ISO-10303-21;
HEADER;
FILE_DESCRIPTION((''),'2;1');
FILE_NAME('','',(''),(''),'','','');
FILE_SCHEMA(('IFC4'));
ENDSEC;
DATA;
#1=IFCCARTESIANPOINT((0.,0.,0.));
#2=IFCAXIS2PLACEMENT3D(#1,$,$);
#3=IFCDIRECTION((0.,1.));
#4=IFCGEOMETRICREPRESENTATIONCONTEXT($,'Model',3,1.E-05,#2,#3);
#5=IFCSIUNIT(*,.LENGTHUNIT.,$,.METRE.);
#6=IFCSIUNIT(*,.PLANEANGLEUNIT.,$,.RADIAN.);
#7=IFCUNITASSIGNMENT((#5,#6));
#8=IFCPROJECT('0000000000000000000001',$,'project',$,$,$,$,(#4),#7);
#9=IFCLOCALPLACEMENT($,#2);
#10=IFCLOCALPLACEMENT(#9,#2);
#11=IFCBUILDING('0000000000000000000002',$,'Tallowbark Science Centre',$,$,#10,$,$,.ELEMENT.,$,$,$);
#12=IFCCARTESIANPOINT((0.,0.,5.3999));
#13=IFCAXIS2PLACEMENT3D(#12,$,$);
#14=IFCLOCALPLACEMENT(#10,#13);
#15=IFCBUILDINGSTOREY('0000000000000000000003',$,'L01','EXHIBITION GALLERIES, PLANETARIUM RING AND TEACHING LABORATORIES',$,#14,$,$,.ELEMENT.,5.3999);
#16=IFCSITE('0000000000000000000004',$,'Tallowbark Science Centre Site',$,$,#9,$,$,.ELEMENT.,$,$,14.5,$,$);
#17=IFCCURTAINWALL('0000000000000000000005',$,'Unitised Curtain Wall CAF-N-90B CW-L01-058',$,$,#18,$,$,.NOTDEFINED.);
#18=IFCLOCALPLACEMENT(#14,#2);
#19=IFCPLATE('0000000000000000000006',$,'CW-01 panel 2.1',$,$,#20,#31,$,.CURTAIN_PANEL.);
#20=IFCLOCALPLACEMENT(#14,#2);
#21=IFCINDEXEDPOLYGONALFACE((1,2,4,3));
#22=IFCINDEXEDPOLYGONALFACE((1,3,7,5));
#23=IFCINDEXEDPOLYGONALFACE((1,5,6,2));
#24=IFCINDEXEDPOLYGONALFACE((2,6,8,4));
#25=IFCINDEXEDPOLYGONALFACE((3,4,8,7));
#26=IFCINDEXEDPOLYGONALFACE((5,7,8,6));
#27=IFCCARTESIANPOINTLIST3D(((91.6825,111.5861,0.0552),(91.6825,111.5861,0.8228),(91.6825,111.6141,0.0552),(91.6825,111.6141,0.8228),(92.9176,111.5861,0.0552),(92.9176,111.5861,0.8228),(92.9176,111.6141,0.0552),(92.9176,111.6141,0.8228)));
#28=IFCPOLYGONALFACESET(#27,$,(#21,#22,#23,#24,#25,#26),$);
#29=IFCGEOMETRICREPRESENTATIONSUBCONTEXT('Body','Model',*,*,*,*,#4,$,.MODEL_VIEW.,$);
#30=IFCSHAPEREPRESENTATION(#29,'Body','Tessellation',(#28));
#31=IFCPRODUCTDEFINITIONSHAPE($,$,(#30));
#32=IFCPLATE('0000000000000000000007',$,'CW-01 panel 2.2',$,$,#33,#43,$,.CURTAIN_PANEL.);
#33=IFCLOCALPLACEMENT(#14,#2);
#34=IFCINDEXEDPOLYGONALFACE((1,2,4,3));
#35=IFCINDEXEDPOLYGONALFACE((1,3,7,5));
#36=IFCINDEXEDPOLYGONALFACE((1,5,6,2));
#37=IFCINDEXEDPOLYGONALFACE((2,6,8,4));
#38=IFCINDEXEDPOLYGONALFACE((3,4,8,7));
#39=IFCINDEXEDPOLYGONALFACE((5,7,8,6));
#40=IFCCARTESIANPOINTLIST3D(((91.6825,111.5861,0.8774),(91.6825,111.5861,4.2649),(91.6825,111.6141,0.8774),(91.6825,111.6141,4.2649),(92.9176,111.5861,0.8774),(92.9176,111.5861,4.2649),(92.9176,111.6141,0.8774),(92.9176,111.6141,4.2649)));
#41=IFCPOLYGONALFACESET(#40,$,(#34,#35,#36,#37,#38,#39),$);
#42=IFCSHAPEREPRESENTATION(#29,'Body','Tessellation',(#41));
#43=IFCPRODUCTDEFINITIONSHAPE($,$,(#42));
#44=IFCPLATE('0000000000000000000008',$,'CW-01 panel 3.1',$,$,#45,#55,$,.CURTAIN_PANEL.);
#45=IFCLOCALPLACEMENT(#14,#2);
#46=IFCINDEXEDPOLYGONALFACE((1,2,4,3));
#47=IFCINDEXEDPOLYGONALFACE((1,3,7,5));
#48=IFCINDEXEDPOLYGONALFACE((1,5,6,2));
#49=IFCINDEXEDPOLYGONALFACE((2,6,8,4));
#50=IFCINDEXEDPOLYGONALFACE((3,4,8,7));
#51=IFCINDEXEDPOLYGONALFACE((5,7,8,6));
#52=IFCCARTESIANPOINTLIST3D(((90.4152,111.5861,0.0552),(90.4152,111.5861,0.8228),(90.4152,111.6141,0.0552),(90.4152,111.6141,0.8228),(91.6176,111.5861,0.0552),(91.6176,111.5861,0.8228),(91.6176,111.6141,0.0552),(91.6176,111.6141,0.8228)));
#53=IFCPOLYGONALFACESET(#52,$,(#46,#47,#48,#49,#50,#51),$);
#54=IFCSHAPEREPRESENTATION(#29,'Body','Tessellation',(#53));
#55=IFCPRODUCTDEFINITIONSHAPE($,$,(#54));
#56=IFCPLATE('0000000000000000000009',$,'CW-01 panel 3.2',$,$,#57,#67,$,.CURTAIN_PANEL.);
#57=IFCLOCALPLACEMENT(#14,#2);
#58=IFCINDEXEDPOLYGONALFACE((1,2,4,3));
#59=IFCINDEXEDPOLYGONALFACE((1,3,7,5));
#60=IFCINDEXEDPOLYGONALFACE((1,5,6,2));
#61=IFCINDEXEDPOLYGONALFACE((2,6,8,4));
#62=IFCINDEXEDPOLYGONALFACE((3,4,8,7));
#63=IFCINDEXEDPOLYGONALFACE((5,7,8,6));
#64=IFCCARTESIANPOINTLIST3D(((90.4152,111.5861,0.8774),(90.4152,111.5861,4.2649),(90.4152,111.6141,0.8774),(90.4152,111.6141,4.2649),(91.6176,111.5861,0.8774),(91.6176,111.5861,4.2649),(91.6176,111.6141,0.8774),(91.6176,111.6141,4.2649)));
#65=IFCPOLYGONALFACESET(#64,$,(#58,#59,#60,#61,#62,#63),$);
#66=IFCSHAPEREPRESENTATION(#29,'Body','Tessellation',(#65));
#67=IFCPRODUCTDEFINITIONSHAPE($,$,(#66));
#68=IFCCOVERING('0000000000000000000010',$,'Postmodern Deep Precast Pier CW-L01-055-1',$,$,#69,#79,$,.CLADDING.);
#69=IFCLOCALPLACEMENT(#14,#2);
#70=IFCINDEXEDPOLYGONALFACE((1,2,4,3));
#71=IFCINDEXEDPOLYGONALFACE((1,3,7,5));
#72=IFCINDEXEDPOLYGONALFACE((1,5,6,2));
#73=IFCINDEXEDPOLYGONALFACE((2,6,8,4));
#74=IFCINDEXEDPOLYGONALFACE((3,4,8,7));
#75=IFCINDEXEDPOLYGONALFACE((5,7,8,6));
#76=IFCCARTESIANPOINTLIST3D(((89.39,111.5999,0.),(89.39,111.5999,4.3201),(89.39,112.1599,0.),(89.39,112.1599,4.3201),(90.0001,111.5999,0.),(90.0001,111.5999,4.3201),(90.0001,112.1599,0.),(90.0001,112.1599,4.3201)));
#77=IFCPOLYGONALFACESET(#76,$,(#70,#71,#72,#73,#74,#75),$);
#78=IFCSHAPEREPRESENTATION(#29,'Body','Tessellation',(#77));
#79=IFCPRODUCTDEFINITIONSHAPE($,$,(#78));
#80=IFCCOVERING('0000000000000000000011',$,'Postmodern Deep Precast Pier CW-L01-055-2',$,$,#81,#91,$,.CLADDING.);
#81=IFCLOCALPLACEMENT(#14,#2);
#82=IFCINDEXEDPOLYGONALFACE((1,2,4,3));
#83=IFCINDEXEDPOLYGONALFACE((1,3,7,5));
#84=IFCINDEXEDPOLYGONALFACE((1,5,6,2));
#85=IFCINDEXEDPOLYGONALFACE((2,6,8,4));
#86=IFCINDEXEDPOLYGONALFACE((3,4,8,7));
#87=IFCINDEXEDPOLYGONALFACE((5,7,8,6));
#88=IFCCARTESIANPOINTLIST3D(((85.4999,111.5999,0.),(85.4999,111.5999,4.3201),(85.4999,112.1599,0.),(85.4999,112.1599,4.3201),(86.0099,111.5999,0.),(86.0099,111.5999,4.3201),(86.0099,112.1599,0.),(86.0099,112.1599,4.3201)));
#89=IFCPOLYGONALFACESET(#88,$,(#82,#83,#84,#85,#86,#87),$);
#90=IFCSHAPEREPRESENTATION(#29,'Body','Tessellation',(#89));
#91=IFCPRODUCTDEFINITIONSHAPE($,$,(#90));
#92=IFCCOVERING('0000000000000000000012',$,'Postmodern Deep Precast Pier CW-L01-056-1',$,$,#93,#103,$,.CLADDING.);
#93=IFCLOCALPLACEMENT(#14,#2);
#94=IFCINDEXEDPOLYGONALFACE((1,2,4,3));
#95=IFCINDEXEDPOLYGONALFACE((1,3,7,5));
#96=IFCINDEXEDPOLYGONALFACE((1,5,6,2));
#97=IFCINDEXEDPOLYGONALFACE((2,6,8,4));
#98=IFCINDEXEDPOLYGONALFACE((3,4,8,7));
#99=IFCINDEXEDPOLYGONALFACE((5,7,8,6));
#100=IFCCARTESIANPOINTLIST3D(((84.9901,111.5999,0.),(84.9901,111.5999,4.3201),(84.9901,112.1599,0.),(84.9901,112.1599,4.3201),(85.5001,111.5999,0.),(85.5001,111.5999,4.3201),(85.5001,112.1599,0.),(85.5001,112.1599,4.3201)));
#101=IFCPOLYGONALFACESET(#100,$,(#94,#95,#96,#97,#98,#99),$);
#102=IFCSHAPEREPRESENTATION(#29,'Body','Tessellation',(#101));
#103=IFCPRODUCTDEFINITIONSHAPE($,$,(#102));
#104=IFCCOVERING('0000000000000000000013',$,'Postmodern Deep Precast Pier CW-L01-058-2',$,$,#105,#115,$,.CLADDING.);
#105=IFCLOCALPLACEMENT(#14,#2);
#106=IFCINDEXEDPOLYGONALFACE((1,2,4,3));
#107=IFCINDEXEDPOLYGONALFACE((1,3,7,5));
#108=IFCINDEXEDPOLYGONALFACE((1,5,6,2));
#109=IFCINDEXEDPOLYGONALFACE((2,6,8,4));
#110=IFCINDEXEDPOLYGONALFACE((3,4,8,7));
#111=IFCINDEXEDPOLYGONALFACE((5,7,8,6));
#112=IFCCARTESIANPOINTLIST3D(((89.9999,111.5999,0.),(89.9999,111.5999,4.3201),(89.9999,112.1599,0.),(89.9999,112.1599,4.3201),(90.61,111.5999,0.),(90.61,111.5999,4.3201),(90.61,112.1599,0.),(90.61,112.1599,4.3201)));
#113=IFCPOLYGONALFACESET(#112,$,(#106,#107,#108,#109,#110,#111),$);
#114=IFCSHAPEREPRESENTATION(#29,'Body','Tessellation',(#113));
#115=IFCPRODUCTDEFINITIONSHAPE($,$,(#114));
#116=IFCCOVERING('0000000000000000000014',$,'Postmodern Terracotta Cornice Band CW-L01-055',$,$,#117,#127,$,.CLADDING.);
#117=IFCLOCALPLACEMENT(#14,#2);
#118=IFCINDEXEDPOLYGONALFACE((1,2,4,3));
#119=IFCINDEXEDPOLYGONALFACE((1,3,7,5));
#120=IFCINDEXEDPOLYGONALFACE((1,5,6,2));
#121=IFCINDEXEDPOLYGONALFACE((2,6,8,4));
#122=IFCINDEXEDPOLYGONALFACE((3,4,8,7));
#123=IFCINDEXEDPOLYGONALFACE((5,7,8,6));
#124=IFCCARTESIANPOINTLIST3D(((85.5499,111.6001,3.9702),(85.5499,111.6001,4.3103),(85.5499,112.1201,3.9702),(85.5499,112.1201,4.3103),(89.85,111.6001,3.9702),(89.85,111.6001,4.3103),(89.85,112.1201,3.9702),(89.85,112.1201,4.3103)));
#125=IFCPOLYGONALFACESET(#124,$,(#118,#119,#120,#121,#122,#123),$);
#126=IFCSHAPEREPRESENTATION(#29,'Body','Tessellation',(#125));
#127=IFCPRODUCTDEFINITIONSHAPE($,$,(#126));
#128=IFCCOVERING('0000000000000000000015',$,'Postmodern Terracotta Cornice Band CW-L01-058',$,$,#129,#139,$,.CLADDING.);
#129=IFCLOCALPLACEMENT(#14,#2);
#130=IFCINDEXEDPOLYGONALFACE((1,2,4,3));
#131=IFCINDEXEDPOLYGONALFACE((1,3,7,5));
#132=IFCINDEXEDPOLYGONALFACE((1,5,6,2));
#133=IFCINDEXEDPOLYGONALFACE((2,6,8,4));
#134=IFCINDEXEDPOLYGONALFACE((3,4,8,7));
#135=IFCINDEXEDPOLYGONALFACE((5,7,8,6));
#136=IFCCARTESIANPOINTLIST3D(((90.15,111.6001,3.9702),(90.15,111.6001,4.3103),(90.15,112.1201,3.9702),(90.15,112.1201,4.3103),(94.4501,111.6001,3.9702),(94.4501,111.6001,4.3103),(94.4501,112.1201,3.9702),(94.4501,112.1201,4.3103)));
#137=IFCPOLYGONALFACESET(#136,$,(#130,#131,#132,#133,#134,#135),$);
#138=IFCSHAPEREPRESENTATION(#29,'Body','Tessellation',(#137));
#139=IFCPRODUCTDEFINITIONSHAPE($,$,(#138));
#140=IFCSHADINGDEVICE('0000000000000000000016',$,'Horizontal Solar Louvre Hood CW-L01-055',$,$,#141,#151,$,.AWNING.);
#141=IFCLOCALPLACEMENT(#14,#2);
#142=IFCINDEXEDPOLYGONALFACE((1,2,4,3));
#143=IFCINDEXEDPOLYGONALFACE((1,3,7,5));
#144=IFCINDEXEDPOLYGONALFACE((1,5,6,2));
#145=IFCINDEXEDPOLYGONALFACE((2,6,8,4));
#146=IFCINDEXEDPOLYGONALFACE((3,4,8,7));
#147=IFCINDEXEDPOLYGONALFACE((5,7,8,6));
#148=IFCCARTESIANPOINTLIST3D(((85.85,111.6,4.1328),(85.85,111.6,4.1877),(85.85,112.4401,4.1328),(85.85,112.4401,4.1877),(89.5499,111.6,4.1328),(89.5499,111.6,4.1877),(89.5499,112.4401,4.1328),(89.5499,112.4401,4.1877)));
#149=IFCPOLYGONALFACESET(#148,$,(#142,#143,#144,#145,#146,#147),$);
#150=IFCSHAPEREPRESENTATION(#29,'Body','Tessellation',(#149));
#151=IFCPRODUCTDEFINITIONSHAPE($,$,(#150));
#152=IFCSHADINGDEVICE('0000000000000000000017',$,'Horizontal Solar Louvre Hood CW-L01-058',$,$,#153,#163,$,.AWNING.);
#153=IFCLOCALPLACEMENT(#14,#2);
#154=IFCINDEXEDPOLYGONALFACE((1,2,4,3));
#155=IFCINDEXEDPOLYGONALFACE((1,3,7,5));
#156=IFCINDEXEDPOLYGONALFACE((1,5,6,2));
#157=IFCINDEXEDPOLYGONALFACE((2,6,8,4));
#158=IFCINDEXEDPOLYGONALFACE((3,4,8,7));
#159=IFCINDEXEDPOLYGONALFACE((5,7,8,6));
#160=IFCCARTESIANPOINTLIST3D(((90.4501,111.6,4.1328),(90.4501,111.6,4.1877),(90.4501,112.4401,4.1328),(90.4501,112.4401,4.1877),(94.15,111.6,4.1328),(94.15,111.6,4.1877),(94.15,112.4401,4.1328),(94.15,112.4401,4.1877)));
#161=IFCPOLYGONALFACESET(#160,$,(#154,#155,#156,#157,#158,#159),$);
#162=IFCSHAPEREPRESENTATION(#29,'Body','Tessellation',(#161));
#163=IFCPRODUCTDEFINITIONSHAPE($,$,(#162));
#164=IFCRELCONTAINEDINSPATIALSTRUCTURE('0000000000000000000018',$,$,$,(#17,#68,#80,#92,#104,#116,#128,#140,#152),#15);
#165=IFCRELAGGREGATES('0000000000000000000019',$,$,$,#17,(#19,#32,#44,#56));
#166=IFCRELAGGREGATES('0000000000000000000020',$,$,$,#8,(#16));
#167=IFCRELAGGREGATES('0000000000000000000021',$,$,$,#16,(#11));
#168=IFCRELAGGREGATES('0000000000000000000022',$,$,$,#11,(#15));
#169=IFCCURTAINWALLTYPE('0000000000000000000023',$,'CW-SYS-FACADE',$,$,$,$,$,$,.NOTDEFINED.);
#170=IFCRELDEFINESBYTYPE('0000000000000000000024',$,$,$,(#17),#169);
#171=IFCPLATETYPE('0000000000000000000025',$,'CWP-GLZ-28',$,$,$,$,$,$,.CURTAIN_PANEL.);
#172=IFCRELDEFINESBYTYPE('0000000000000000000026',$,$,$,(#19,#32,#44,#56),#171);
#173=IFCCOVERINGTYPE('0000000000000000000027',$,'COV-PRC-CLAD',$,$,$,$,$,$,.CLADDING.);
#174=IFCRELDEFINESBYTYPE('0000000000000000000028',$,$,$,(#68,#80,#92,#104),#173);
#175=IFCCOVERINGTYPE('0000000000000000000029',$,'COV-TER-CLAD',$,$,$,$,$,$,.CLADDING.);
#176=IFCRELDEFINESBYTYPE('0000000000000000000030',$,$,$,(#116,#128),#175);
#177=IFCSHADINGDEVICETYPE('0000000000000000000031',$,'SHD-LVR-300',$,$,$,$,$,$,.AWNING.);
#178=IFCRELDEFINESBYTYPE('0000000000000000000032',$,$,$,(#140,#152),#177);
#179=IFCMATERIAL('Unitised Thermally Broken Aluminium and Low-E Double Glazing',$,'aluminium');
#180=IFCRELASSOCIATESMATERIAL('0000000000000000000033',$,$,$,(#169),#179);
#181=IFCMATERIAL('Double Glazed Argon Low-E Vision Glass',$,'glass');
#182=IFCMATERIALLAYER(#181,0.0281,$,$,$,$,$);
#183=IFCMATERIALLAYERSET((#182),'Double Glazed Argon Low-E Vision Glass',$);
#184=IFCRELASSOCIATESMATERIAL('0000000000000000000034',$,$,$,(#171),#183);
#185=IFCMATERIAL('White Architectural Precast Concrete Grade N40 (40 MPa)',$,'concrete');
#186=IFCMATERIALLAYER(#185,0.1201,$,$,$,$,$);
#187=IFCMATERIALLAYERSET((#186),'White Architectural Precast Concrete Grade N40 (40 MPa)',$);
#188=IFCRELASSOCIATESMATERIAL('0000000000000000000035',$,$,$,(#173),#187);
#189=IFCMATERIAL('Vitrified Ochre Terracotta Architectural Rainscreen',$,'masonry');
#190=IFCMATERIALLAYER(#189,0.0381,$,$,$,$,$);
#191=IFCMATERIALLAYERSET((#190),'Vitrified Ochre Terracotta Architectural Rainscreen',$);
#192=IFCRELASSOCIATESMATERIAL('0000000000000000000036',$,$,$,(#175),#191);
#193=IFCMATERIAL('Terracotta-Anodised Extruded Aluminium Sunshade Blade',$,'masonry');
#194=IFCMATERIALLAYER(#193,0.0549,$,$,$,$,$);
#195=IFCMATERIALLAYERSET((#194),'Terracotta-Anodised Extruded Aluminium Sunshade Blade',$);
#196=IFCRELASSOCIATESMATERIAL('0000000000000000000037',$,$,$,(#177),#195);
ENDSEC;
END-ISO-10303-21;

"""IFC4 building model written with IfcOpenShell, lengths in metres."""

from ifc_helpers import new_model, si_unit, direction, frame, origin, origin_2d, place, context, subcontext, project, spatial, rectangle, extrude, material, layer, layer_set, type_object, element, aggregate, save


model = new_model("IFC4")

# Units and contexts
model_context = context("Model", 3, precision=1e-05, world=origin(), true_north=direction((0.0, 1.0)))
body_context = subcontext(model_context, "Body", "Model", "MODEL_VIEW")
ifc_project = project(units=[si_unit("LENGTHUNIT", "METRE"), si_unit("PLANEANGLEUNIT", "RADIAN")], contexts=[model_context])

# Site, building, storey
site_placement = place(None, origin())
site = spatial("IfcSite", under=ifc_project, at=site_placement, Name="Tallowbark Science Centre Site", CompositionType="ELEMENT", RefElevation=14.5)
building_placement = place(site_placement, origin())
building = spatial("IfcBuilding", under=site, at=building_placement, Name="Tallowbark Science Centre", CompositionType="ELEMENT")
storey_placement = place(building_placement, frame((0.0, 0.0, 5.3999)))
storey = spatial("IfcBuildingStorey", under=building, at=storey_placement, Name="L01", Description="EXHIBITION GALLERIES, PLANETARIUM RING AND TEACHING LABORATORIES", CompositionType="ELEMENT", Elevation=5.3999)

# Curtain wall, plates
ifc_material_1 = material(Name="Unitised Thermally Broken Aluminium and Low-E Double Glazing", Category="aluminium")
curtain_wall_type = type_object("IfcCurtainWallType", Name="CW-SYS-FACADE", PredefinedType="NOTDEFINED", material=ifc_material_1)
curtain_wall_placement = place(storey_placement, origin())
curtain_wall = element("IfcCurtainWall", 1, at=curtain_wall_placement, inside=storey, type_object=curtain_wall_type, Name="Unitised Curtain Wall CAF-N-90B CW-L01-058", PredefinedType="NOTDEFINED")
ifc_material_2 = material(Name="Double Glazed Argon Low-E Vision Glass", Category="glass")
ifc_layer_1 = layer(ifc_material_2, 0.0281)
ifc_layer_set_1 = layer_set([ifc_layer_1], Name="Double Glazed Argon Low-E Vision Glass")
plate_type = type_object("IfcPlateType", Name="CWP-GLZ-28", PredefinedType="CURTAIN_PANEL", material=ifc_layer_set_1)
plate_1_placement = place(storey_placement, frame((92.3, 111.6001, 0.0552), z_axis=(0.0, 0.0, 1.0), x_axis=(-1.0, 0.0, 0.0)))
plate_1 = element("IfcPlate", 2, at=plate_1_placement, type_object=plate_type, Name="CW-01 panel 2.1", PredefinedType="CURTAIN_PANEL", context=body_context, shape_type="SweptSolid", body=[
    extrude(rectangle(XDim=1.2351, YDim=0.0281, at=origin_2d()), origin(), (0.0, 0.0, 1.0), 0.7676),
])
plate_2_placement = place(storey_placement, frame((92.3, 111.6001, 0.8774), z_axis=(0.0, 0.0, 1.0), x_axis=(-1.0, 0.0, 0.0)))
plate_2 = element("IfcPlate", 3, at=plate_2_placement, type_object=plate_type, Name="CW-01 panel 2.2", PredefinedType="CURTAIN_PANEL", context=body_context, shape_type="SweptSolid", body=[
    extrude(rectangle(XDim=1.2351, YDim=0.0281, at=origin_2d()), origin(), (0.0, 0.0, 1.0), 3.3875),
])
plate_3_placement = place(storey_placement, frame((91.0164, 111.6001, 0.0552), z_axis=(0.0, 0.0, 1.0), x_axis=(-1.0, 0.0, 0.0)))
plate_3 = element("IfcPlate", 4, at=plate_3_placement, type_object=plate_type, Name="CW-01 panel 3.1", PredefinedType="CURTAIN_PANEL", context=body_context, shape_type="SweptSolid", body=[
    extrude(rectangle(XDim=1.2024, YDim=0.0281, at=origin_2d()), origin(), (0.0, 0.0, 1.0), 0.7676),
])
plate_4_placement = place(storey_placement, frame((91.0164, 111.6001, 0.8774), z_axis=(0.0, 0.0, 1.0), x_axis=(-1.0, 0.0, 0.0)))
plate_4 = element("IfcPlate", 5, at=plate_4_placement, type_object=plate_type, Name="CW-01 panel 3.2", PredefinedType="CURTAIN_PANEL", context=body_context, shape_type="SweptSolid", body=[
    extrude(rectangle(XDim=1.2024, YDim=0.0281, at=origin_2d()), origin(), (0.0, 0.0, 1.0), 3.3875),
])
aggregate(curtain_wall, [plate_1, plate_2, plate_3, plate_4])

# Coverings
ifc_material_3 = material(Name="White Architectural Precast Concrete Grade N40 (40 MPa)", Category="concrete")
ifc_layer_2 = layer(ifc_material_3, 0.1201)
ifc_layer_set_2 = layer_set([ifc_layer_2], Name="White Architectural Precast Concrete Grade N40 (40 MPa)")
covering_type_1 = type_object("IfcCoveringType", Name="COV-PRC-CLAD", PredefinedType="CLADDING", material=ifc_layer_set_2)
covering_1_placement = place(storey_placement, frame((89.6951, 111.8799, 0.0), z_axis=(0.0, 0.0, 1.0), x_axis=(-1.0, 0.0, 0.0)))
element("IfcCovering", 6, at=covering_1_placement, inside=storey, type_object=covering_type_1, Name="Postmodern Deep Precast Pier CW-L01-055-1", PredefinedType="CLADDING", context=body_context, shape_type="SweptSolid", body=[
    extrude(rectangle(XDim=0.6101, YDim=0.5601, at=origin_2d()), origin(), (0.0, 0.0, 1.0), 4.3201),
])
for number, where, z_axis, x_axis, name in (
    (7, (85.7549, 111.8799, 0.0), (0.0, 0.0, 1.0), (-1.0, 0.0, 0.0), "Postmodern Deep Precast Pier CW-L01-055-2"),
    (8, (85.2451, 111.8799, 0.0), (0.0, 0.0, 1.0), (-1.0, 0.0, 0.0), "Postmodern Deep Precast Pier CW-L01-056-1"),
):
    element("IfcCovering", number, at=place(storey_placement, frame(where, z_axis=z_axis, x_axis=x_axis)), inside=storey, type_object=covering_type_1, Name=name, PredefinedType="CLADDING", context=body_context, shape_type="SweptSolid", body=[
        extrude(rectangle(XDim=0.51, YDim=0.5601, at=origin_2d()), origin(), (0.0, 0.0, 1.0), 4.3201),
    ])
covering_2_placement = place(storey_placement, frame((90.3049, 111.8799, 0.0), z_axis=(0.0, 0.0, 1.0), x_axis=(-1.0, 0.0, 0.0)))
element("IfcCovering", 9, at=covering_2_placement, inside=storey, type_object=covering_type_1, Name="Postmodern Deep Precast Pier CW-L01-058-2", PredefinedType="CLADDING", context=body_context, shape_type="SweptSolid", body=[
    extrude(rectangle(XDim=0.6101, YDim=0.5601, at=origin_2d()), origin(), (0.0, 0.0, 1.0), 4.3201),
])
ifc_material_4 = material(Name="Vitrified Ochre Terracotta Architectural Rainscreen", Category="masonry")
ifc_layer_3 = layer(ifc_material_4, 0.0381)
ifc_layer_set_3 = layer_set([ifc_layer_3], Name="Vitrified Ochre Terracotta Architectural Rainscreen")
covering_type_2 = type_object("IfcCoveringType", Name="COV-TER-CLAD", PredefinedType="CLADDING", material=ifc_layer_set_3)
for number, where, z_axis, x_axis, name in (
    (10, (87.7, 111.8601, 3.9702), (0.0, 0.0, 1.0), (-1.0, 0.0, 0.0), "Postmodern Terracotta Cornice Band CW-L01-055"),
    (11, (92.3, 111.8601, 3.9702), (0.0, 0.0, 1.0), (-1.0, 0.0, 0.0), "Postmodern Terracotta Cornice Band CW-L01-058"),
):
    element("IfcCovering", number, at=place(storey_placement, frame(where, z_axis=z_axis, x_axis=x_axis)), inside=storey, type_object=covering_type_2, Name=name, PredefinedType="CLADDING", context=body_context, shape_type="SweptSolid", body=[
        extrude(rectangle(XDim=4.3, YDim=0.52, at=origin_2d()), origin(), (0.0, 0.0, 1.0), 0.3401),
    ])

# Shading devices
ifc_material_5 = material(Name="Terracotta-Anodised Extruded Aluminium Sunshade Blade", Category="masonry")
ifc_layer_4 = layer(ifc_material_5, 0.0549)
ifc_layer_set_4 = layer_set([ifc_layer_4], Name="Terracotta-Anodised Extruded Aluminium Sunshade Blade")
shading_device_type = type_object("IfcShadingDeviceType", Name="SHD-LVR-300", PredefinedType="AWNING", material=ifc_layer_set_4)
for number, where, z_axis, x_axis, name in (
    (12, (87.7, 112.02, 4.1328), (0.0, 0.0, 1.0), (-1.0, 0.0, 0.0), "Horizontal Solar Louvre Hood CW-L01-055"),
    (13, (92.3, 112.02, 4.1328), (0.0, 0.0, 1.0), (-1.0, 0.0, 0.0), "Horizontal Solar Louvre Hood CW-L01-058"),
):
    element("IfcShadingDevice", number, at=place(storey_placement, frame(where, z_axis=z_axis, x_axis=x_axis)), inside=storey, type_object=shading_device_type, Name=name, PredefinedType="AWNING", context=body_context, shape_type="SweptSolid", body=[
        extrude(rectangle(XDim=3.7, YDim=0.8401, at=origin_2d()), origin(), (0.0, 0.0, 1.0), 0.0549),
    ])

save(model, "model.ifc")
